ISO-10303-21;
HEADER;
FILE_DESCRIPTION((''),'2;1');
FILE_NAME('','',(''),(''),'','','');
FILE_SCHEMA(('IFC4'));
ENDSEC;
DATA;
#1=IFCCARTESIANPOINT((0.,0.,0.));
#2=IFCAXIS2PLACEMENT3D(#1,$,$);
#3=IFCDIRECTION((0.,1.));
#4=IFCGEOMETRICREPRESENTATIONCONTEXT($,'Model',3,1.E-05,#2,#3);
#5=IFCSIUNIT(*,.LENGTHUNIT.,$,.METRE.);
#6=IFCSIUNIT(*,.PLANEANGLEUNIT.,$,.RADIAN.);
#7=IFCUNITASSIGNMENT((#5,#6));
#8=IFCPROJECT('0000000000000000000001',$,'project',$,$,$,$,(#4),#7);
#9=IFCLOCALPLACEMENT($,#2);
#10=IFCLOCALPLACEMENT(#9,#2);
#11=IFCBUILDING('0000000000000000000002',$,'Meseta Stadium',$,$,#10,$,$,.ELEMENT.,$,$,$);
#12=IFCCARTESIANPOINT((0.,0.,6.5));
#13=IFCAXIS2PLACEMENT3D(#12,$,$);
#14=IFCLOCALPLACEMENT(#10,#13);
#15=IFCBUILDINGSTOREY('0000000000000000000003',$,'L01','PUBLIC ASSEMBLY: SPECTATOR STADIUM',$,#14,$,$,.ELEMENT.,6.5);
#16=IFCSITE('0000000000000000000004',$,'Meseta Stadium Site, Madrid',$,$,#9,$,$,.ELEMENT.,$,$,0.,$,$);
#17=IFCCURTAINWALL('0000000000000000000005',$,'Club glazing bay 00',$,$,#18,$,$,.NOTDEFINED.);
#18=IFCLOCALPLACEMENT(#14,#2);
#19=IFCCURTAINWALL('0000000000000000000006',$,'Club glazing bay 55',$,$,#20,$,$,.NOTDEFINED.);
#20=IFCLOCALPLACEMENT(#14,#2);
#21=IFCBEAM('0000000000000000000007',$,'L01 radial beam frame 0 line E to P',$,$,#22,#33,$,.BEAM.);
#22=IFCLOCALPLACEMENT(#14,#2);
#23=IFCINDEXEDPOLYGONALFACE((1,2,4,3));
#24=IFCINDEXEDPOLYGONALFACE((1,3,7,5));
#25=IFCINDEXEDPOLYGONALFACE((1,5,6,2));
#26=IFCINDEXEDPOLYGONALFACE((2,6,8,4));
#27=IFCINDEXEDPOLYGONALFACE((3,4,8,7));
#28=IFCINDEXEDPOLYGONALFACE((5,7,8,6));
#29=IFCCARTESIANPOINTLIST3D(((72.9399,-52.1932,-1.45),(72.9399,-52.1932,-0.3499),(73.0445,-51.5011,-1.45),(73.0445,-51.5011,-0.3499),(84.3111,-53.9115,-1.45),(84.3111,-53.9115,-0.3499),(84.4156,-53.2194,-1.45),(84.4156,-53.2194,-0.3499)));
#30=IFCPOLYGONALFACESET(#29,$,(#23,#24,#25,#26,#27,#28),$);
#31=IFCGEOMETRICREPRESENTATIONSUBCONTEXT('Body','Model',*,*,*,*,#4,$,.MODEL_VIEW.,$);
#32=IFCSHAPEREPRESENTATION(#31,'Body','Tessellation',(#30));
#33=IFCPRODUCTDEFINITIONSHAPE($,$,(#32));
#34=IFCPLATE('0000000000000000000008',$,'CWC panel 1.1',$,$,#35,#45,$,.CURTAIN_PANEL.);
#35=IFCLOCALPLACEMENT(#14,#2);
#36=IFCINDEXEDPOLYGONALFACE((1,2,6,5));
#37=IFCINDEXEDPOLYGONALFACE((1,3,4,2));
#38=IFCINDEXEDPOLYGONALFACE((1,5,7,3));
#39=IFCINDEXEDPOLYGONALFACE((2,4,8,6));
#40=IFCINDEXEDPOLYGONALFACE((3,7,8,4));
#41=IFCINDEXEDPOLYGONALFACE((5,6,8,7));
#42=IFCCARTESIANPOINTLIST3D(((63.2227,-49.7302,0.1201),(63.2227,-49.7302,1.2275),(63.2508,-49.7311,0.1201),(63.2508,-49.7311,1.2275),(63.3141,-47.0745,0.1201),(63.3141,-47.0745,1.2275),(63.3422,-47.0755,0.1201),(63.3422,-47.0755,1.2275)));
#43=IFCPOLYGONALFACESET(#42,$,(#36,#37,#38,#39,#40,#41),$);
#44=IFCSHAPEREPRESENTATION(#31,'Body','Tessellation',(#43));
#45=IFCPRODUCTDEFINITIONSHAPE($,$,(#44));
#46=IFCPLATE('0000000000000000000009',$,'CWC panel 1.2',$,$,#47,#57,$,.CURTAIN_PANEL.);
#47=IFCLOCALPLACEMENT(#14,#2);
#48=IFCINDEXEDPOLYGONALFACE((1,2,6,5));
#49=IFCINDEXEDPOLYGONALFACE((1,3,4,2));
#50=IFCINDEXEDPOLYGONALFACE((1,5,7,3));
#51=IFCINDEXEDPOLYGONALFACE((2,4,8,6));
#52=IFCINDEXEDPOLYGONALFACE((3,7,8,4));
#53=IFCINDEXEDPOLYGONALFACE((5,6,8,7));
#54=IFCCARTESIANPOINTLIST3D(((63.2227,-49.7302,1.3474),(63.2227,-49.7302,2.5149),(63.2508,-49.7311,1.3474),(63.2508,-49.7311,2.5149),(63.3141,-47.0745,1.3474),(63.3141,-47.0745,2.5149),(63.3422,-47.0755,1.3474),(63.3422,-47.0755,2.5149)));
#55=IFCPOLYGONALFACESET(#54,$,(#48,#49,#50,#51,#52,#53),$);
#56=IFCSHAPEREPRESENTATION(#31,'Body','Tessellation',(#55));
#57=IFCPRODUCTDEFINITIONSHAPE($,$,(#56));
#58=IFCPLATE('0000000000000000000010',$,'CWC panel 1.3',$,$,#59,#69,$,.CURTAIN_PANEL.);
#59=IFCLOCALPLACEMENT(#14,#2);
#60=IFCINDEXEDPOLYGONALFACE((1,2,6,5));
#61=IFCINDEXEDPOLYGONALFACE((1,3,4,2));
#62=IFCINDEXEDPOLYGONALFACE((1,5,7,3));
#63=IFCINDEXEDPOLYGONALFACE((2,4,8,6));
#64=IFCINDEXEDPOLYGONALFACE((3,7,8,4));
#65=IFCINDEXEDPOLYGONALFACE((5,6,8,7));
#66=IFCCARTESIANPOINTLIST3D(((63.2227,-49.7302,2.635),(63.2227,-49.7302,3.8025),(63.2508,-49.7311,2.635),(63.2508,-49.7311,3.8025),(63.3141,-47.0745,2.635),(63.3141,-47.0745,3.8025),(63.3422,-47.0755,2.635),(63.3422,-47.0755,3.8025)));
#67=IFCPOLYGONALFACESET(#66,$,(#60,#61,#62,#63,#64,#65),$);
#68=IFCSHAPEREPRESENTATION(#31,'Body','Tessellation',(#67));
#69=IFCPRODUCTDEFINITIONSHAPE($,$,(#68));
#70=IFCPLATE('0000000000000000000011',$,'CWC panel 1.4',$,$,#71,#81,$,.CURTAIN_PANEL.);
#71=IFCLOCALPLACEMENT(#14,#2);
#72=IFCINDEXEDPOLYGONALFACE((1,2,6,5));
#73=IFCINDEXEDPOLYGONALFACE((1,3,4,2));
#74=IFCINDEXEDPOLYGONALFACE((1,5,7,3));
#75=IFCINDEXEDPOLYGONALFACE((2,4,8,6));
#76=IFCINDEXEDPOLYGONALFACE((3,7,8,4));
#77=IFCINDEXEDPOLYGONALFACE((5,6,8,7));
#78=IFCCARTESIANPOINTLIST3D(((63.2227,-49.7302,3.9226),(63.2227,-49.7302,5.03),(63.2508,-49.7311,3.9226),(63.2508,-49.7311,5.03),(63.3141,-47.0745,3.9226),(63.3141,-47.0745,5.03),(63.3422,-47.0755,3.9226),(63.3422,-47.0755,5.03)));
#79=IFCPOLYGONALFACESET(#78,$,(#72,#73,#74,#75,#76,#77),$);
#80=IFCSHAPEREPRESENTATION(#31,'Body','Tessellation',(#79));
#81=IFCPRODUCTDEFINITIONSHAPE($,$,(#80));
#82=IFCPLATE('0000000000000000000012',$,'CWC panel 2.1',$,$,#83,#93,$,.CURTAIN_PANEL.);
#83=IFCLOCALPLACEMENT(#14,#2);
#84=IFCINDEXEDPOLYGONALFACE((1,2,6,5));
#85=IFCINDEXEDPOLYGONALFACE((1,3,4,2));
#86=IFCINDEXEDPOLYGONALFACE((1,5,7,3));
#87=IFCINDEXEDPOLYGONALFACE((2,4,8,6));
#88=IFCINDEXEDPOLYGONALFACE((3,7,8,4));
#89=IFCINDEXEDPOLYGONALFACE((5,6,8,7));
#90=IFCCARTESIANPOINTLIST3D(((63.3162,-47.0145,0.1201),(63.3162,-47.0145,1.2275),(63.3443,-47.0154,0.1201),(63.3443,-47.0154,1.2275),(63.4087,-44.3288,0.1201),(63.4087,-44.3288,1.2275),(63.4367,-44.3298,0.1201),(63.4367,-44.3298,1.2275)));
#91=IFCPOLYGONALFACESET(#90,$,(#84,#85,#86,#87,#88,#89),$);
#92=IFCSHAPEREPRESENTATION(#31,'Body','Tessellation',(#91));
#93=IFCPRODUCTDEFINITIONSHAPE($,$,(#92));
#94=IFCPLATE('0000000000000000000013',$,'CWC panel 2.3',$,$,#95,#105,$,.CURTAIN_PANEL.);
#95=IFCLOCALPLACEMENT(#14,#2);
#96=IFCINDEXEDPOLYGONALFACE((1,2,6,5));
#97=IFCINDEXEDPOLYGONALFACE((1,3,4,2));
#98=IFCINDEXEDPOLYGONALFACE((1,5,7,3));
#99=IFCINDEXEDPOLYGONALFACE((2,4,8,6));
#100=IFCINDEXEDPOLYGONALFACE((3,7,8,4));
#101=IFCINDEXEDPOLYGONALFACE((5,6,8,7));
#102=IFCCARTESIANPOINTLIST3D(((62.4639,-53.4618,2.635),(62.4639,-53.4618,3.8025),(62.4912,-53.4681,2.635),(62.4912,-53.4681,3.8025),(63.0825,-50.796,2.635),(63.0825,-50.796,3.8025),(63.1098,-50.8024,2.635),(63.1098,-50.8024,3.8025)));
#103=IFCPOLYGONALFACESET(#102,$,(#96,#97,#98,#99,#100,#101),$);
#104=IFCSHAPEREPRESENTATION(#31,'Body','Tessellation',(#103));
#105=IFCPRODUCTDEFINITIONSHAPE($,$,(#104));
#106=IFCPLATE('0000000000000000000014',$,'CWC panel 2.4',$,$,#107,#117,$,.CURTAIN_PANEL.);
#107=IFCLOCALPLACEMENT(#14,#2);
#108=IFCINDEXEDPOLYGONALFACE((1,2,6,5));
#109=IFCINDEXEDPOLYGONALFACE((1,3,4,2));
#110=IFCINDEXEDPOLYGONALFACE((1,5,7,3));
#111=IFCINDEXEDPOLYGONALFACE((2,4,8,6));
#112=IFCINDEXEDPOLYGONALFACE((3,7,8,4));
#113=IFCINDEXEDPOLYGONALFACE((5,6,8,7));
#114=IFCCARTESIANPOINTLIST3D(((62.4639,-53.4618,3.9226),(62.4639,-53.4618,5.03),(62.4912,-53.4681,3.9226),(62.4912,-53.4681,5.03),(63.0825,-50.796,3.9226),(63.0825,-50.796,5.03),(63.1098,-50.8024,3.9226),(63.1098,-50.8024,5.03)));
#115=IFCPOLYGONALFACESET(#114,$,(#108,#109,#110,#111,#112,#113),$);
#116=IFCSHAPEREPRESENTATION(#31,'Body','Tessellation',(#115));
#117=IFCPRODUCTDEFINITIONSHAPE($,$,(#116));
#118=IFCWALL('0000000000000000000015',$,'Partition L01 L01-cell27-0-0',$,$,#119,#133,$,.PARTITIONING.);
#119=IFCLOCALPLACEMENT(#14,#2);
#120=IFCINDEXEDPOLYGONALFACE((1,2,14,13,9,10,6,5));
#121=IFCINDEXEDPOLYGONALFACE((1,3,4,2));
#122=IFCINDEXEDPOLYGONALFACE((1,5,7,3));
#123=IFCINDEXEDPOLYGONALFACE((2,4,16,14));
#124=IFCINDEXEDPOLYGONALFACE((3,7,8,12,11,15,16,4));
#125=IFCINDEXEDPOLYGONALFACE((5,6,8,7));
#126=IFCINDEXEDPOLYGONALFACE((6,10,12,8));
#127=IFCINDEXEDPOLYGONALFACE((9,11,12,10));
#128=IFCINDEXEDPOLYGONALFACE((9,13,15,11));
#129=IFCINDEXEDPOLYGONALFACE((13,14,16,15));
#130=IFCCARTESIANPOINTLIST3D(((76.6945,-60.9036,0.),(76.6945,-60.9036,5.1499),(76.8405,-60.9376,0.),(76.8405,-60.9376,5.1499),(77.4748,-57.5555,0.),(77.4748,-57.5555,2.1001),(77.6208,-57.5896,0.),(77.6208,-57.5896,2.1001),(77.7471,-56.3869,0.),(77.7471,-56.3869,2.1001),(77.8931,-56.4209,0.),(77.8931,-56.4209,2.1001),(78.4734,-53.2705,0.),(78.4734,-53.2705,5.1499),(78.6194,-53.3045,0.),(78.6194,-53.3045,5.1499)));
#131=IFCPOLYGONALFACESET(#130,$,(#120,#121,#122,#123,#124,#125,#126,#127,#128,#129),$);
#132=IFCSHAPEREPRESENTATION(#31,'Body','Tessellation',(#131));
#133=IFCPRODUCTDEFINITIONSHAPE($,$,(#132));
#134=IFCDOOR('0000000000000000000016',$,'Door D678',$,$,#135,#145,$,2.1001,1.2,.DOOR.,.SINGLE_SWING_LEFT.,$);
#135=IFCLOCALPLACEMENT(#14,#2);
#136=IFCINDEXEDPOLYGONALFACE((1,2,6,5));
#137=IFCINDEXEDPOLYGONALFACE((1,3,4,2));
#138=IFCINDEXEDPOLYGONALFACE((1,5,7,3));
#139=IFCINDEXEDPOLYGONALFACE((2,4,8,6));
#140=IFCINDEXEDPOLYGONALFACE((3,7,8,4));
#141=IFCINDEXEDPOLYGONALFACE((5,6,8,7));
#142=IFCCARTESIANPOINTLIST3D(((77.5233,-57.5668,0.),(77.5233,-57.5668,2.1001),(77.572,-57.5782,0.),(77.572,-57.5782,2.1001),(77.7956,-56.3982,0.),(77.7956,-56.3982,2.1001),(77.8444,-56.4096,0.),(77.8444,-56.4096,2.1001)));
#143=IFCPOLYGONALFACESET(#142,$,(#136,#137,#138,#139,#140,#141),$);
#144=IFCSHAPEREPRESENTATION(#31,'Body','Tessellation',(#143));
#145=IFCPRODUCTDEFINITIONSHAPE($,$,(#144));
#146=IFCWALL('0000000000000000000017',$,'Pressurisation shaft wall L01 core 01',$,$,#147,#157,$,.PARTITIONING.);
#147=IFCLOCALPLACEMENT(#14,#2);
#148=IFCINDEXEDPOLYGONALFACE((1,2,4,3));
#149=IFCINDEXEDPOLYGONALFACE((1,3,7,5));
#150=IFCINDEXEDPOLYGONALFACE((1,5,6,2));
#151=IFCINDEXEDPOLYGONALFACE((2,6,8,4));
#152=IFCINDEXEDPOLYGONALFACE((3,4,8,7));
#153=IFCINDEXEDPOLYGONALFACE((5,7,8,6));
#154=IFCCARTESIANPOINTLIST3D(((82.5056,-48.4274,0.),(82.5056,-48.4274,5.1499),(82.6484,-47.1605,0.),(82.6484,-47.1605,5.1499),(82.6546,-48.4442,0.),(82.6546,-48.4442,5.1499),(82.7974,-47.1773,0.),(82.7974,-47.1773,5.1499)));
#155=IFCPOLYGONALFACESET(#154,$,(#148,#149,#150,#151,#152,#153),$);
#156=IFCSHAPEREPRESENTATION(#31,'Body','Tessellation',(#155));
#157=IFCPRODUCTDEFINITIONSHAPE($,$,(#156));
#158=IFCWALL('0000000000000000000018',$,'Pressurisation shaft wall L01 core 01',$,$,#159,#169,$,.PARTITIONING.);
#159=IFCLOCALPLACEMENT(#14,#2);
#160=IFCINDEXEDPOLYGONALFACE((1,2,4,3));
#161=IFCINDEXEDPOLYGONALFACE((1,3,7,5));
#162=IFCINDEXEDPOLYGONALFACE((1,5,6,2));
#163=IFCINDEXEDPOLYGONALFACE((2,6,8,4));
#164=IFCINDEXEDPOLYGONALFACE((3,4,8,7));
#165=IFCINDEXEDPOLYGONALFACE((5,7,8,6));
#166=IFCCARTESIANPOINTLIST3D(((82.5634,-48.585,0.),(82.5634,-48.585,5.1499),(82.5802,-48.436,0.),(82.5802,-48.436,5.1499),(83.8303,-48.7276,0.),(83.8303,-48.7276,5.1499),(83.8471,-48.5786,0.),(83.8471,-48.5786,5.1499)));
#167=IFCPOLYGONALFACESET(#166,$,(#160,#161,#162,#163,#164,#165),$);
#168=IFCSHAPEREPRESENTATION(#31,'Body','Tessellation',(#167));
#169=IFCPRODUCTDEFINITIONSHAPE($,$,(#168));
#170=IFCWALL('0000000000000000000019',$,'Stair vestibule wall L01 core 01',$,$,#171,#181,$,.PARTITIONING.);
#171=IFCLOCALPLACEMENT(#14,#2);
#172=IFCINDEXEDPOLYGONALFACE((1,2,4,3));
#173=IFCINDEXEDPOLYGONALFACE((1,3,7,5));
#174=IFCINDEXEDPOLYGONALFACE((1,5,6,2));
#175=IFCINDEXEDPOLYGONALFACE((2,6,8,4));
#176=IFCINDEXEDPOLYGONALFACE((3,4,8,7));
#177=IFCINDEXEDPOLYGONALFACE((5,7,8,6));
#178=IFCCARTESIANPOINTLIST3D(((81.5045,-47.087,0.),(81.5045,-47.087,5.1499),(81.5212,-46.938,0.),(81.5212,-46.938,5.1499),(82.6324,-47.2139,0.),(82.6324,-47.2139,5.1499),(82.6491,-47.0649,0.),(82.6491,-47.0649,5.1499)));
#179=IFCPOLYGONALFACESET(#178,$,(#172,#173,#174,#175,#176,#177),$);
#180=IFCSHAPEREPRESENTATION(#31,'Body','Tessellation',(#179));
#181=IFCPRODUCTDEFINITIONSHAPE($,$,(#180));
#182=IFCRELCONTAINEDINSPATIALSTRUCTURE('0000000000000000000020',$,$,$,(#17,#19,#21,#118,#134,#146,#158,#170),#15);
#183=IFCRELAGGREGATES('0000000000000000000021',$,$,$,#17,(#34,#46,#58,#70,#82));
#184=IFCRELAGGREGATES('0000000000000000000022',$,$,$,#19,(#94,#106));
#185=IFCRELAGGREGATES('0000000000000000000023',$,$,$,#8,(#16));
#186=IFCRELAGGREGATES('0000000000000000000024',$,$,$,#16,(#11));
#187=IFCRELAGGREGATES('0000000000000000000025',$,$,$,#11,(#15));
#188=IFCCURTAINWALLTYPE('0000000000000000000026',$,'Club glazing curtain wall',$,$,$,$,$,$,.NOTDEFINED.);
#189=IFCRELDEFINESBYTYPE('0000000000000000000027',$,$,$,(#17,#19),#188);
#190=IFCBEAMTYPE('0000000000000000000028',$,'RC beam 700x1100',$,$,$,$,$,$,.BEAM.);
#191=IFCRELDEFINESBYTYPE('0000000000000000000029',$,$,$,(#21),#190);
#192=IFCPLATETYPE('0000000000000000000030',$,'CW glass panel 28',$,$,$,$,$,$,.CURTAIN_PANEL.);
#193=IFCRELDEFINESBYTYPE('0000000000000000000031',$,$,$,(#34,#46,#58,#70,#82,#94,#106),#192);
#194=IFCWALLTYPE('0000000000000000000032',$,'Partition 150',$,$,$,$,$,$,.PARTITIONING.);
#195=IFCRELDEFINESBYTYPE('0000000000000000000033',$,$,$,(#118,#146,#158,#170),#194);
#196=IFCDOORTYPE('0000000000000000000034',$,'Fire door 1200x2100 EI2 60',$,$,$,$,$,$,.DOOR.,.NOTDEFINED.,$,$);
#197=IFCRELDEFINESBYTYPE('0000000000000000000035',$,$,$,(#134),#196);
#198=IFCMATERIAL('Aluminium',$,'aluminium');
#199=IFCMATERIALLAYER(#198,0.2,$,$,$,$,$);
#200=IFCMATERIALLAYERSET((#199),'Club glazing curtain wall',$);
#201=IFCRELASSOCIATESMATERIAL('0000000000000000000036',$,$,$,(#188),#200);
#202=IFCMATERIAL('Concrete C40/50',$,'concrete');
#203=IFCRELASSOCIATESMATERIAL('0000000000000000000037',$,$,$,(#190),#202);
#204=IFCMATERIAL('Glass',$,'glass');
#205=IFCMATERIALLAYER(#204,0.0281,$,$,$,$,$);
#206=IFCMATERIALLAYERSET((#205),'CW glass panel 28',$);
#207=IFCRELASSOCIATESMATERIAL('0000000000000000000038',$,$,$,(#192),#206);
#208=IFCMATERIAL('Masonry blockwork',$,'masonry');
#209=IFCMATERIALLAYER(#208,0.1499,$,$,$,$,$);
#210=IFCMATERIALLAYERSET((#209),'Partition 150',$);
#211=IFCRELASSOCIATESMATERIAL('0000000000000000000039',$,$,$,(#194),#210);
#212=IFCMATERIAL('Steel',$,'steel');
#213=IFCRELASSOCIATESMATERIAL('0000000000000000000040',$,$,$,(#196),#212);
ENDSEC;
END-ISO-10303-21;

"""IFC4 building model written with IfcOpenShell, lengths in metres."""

from ifc_helpers import new_model, si_unit, direction, frame, frame_2d, origin, origin_2d, place, context, subcontext, project, spatial, rectangle, extrude, material, layer, layer_set, material_profile, profile_set, type_object, element, fill, aggregate, save


model = new_model("IFC4")

# Units and contexts
model_context = context("Model", 3, precision=1e-05, world=origin(), true_north=direction((0.0, 1.0)))
body_context = subcontext(model_context, "Body", "Model", "MODEL_VIEW")
ifc_project = project(units=[si_unit("LENGTHUNIT", "METRE"), si_unit("PLANEANGLEUNIT", "RADIAN")], contexts=[model_context])

# Site, building, storey
site_placement = place(None, origin())
site = spatial("IfcSite", under=ifc_project, at=site_placement, Name="Meseta Stadium Site, Madrid", CompositionType="ELEMENT", RefElevation=0.0)
building_placement = place(site_placement, origin())
building = spatial("IfcBuilding", under=site, at=building_placement, Name="Meseta Stadium", CompositionType="ELEMENT")
storey_placement = place(building_placement, frame((0.0, 0.0, 6.5)))
storey = spatial("IfcBuildingStorey", under=building, at=storey_placement, Name="L01", Description="PUBLIC ASSEMBLY: SPECTATOR STADIUM", CompositionType="ELEMENT", Elevation=6.5)

# Curtain wall
ifc_material_1 = material(Name="Aluminium", Category="aluminium")
ifc_layer_1 = layer(ifc_material_1, 0.2)
ifc_layer_set_1 = layer_set([ifc_layer_1], Name="Club glazing curtain wall")
curtain_wall_type = type_object("IfcCurtainWallType", Name="Club glazing curtain wall", PredefinedType="NOTDEFINED", material=ifc_layer_set_1)
curtain_wall_1_placement = place(storey_placement, origin())
curtain_wall_1 = element("IfcCurtainWall", 1, at=curtain_wall_1_placement, inside=storey, type_object=curtain_wall_type, Name="Club glazing bay 00", PredefinedType="NOTDEFINED")

# Curtain wall
curtain_wall_2_placement = place(storey_placement, origin())
curtain_wall_2 = element("IfcCurtainWall", 2, at=curtain_wall_2_placement, inside=storey, type_object=curtain_wall_type, Name="Club glazing bay 55", PredefinedType="NOTDEFINED")

# Beam
ifc_material_2 = material(Name="Concrete C40/50", Category="concrete")
ifc_material_profile_1 = material_profile(ifc_material_2, rectangle(XDim=0.7, YDim=1.1001, at=origin_2d()), Name="RC 700x1100")
ifc_profile_set_1 = profile_set([ifc_material_profile_1], Name="Concrete C40/50")
beam_type_1 = type_object("IfcBeamType", Name="RC beam 700x1100", PredefinedType="BEAM", material=ifc_profile_set_1)
beam_1_placement = place(storey_placement, frame((72.9922, -51.8472, -0.8999), z_axis=(0.988775, -0.149412, 0.0), x_axis=(0.149412, 0.988775, 0.0)))
element("IfcBeam", 3, at=beam_1_placement, inside=storey, type_object=beam_type_1, Name="L01 radial beam frame 0 line E to P", PredefinedType="BEAM", context=body_context, shape_type="SweptSolid", body=[
    extrude(rectangle(XDim=0.7, YDim=1.1001, at=origin_2d()), origin(), (0.0, 0.0, 1.0), 11.5002),
])

# Plates
ifc_material_3 = material(Name="Glass", Category="glass")
ifc_layer_2 = layer(ifc_material_3, 0.0281)
ifc_layer_set_2 = layer_set([ifc_layer_2], Name="CW glass panel 28")
plate_type = type_object("IfcPlateType", Name="CW glass panel 28", PredefinedType="CURTAIN_PANEL", material=ifc_layer_set_2)
plate_1_placement = place(storey_placement, frame((63.2825, -48.4028, 0.1201), z_axis=(0.0, 0.0, 1.0), x_axis=(0.034398, 0.999408, 0.0)))
plate_1 = element("IfcPlate", 4, at=plate_1_placement, type_object=plate_type, Name="CWC panel 1.1", PredefinedType="CURTAIN_PANEL", context=body_context, shape_type="SweptSolid", body=[
    extrude(rectangle(XDim=2.6572, YDim=0.0281, at=origin_2d()), origin(), (0.0, 0.0, 1.0), 1.1074),
])
plate_2_placement = place(storey_placement, frame((63.2825, -48.4028, 1.3474), z_axis=(0.0, 0.0, 1.0), x_axis=(0.034398, 0.999408, 0.0)))
plate_2 = element("IfcPlate", 5, at=plate_2_placement, type_object=plate_type, Name="CWC panel 1.2", PredefinedType="CURTAIN_PANEL", context=body_context, shape_type="SweptSolid", body=[
    extrude(rectangle(XDim=2.6572, YDim=0.0281, at=origin_2d()), origin(), (0.0, 0.0, 1.0), 1.1675),
])
plate_3_placement = place(storey_placement, frame((63.2825, -48.4028, 2.635), z_axis=(0.0, 0.0, 1.0), x_axis=(0.034398, 0.999408, 0.0)))
plate_3 = element("IfcPlate", 6, at=plate_3_placement, type_object=plate_type, Name="CWC panel 1.3", PredefinedType="CURTAIN_PANEL", context=body_context, shape_type="SweptSolid", body=[
    extrude(rectangle(XDim=2.6572, YDim=0.0281, at=origin_2d()), origin(), (0.0, 0.0, 1.0), 1.1675),
])
plate_4_placement = place(storey_placement, frame((63.2825, -48.4028, 3.9226), z_axis=(0.0, 0.0, 1.0), x_axis=(0.034398, 0.999408, 0.0)))
plate_4 = element("IfcPlate", 7, at=plate_4_placement, type_object=plate_type, Name="CWC panel 1.4", PredefinedType="CURTAIN_PANEL", context=body_context, shape_type="SweptSolid", body=[
    extrude(rectangle(XDim=2.6572, YDim=0.0281, at=origin_2d()), origin(), (0.0, 0.0, 1.0), 1.1074),
])
plate_5_placement = place(storey_placement, frame((63.3765, -45.6721, 0.1201), z_axis=(0.0, 0.0, 1.0), x_axis=(0.034398, 0.999408, 0.0)))
plate_5 = element("IfcPlate", 8, at=plate_5_placement, type_object=plate_type, Name="CWC panel 2.1", PredefinedType="CURTAIN_PANEL", context=body_context, shape_type="SweptSolid", body=[
    extrude(rectangle(XDim=2.6873, YDim=0.0281, at=origin_2d()), origin(), (0.0, 0.0, 1.0), 1.1074),
])
aggregate(curtain_wall_1, [plate_1, plate_2, plate_3, plate_4, plate_5])
plate_6_placement = place(storey_placement, frame((62.7869, -52.1321, 2.635), z_axis=(0.0, 0.0, 1.0), x_axis=(0.226048, 0.974116, 0.0)))
plate_6 = element("IfcPlate", 9, at=plate_6_placement, type_object=plate_type, Name="CWC panel 2.3", PredefinedType="CURTAIN_PANEL", context=body_context, shape_type="SweptSolid", body=[
    extrude(rectangle(XDim=2.7366, YDim=0.0281, at=origin_2d()), origin(), (0.0, 0.0, 1.0), 1.1675),
])
plate_7_placement = place(storey_placement, frame((62.7869, -52.1321, 3.9226), z_axis=(0.0, 0.0, 1.0), x_axis=(0.226048, 0.974116, 0.0)))
plate_7 = element("IfcPlate", 10, at=plate_7_placement, type_object=plate_type, Name="CWC panel 2.4", PredefinedType="CURTAIN_PANEL", context=body_context, shape_type="SweptSolid", body=[
    extrude(rectangle(XDim=2.7366, YDim=0.0281, at=origin_2d()), origin(), (0.0, 0.0, 1.0), 1.1074),
])
aggregate(curtain_wall_2, [plate_6, plate_7])

# Wall, opening, door
ifc_material_4 = material(Name="Masonry blockwork", Category="masonry")
ifc_layer_3 = layer(ifc_material_4, 0.1499)
ifc_layer_set_3 = layer_set([ifc_layer_3], Name="Partition 150")
wall_type = type_object("IfcWallType", Name="Partition 150", PredefinedType="PARTITIONING", material=ifc_layer_set_3)
wall_1_placement = place(storey_placement, frame((78.5464, -53.2874, 0.0), z_axis=(0.0, 0.0, 1.0), x_axis=(-0.226959, -0.973904, 0.0)))
wall_1 = element("IfcWall", 11, at=wall_1_placement, inside=storey, type_object=wall_type, Name="Partition L01 L01-cell27-0-0", PredefinedType="PARTITIONING", context=body_context, shape_type="SweptSolid", body=[
    extrude(rectangle(XDim=7.8376, YDim=0.1499, at=frame_2d((3.9189, 0.0))), origin(), (0.0, 0.0, 1.0), 5.1499),
])
opening_1_placement = place(wall_1_placement, frame((3.2, 0.0, 0.0)))
opening_1 = element("IfcOpeningElement", 12, at=opening_1_placement, cuts=wall_1, PredefinedType="OPENING", context=body_context, shape_type="SweptSolid", body=[
    extrude(rectangle(XDim=1.2, YDim=2.1001, at=frame_2d((0.6001, 1.05))), frame((0.0, 0.085, 0.0), z_axis=(0.0, -1.0, 0.0), x_axis=(1.0, 0.0, 0.0)), (0.0, 0.0, 1.0), 0.1699),
])
ifc_material_5 = material(Name="Steel", Category="steel")
door_type_1 = type_object("IfcDoorType", Name="Fire door 1200x2100 EI2 60", OperationType="NOTDEFINED", PredefinedType="DOOR", material=ifc_material_5)
door_1_placement = place(opening_1_placement, origin())
door_1 = element("IfcDoor", 13, at=door_1_placement, inside=storey, type_object=door_type_1, Name="Door D678", OperationType="SINGLE_SWING_LEFT", OverallHeight=2.1001, OverallWidth=1.2, PredefinedType="DOOR", context=body_context, shape_type="SweptSolid", body=[
    extrude(rectangle(XDim=1.2, YDim=2.1001, at=frame_2d((0.6001, 1.05))), frame((0.0, 0.0249, 0.0), z_axis=(0.0, -1.0, 0.0), x_axis=(1.0, 0.0, 0.0)), (0.0, 0.0, 1.0), 0.05),
])
fill(opening_1, door_1)

# Walls
for number, where, z_axis, x_axis, name in (
    (14, (82.7229, -47.1689, 0.0), (0.0, 0.0, 1.0), (-0.112029, -0.993705, 0.0), "Pressurisation shaft wall L01 core 01"),
    (15, (82.5718, -48.5105, 0.0), (0.0, 0.0, 1.0), (0.993726, -0.11184, 0.0), "Pressurisation shaft wall L01 core 01"),
):
    element("IfcWall", number, at=place(storey_placement, frame(where, z_axis=z_axis, x_axis=x_axis)), inside=storey, type_object=wall_type, Name=name, PredefinedType="PARTITIONING", context=body_context, shape_type="SweptSolid", body=[
        extrude(rectangle(XDim=1.2749, YDim=0.1499, at=frame_2d((0.6375, 0.0))), origin(), (0.0, 0.0, 1.0), 5.1499),
    ])
wall_2_placement = place(storey_placement, frame((82.6406, -47.1394, 0.0), z_axis=(0.0, 0.0, 1.0), x_axis=(-0.993725, 0.111848, 0.0)))
element("IfcWall", 16, at=wall_2_placement, inside=storey, type_object=wall_type, Name="Stair vestibule wall L01 core 01", PredefinedType="PARTITIONING", context=body_context, shape_type="SweptSolid", body=[
    extrude(rectangle(XDim=1.135, YDim=0.1499, at=frame_2d((0.5674, 0.0))), origin(), (0.0, 0.0, 1.0), 5.1499),
])

save(model, "model.ifc")
